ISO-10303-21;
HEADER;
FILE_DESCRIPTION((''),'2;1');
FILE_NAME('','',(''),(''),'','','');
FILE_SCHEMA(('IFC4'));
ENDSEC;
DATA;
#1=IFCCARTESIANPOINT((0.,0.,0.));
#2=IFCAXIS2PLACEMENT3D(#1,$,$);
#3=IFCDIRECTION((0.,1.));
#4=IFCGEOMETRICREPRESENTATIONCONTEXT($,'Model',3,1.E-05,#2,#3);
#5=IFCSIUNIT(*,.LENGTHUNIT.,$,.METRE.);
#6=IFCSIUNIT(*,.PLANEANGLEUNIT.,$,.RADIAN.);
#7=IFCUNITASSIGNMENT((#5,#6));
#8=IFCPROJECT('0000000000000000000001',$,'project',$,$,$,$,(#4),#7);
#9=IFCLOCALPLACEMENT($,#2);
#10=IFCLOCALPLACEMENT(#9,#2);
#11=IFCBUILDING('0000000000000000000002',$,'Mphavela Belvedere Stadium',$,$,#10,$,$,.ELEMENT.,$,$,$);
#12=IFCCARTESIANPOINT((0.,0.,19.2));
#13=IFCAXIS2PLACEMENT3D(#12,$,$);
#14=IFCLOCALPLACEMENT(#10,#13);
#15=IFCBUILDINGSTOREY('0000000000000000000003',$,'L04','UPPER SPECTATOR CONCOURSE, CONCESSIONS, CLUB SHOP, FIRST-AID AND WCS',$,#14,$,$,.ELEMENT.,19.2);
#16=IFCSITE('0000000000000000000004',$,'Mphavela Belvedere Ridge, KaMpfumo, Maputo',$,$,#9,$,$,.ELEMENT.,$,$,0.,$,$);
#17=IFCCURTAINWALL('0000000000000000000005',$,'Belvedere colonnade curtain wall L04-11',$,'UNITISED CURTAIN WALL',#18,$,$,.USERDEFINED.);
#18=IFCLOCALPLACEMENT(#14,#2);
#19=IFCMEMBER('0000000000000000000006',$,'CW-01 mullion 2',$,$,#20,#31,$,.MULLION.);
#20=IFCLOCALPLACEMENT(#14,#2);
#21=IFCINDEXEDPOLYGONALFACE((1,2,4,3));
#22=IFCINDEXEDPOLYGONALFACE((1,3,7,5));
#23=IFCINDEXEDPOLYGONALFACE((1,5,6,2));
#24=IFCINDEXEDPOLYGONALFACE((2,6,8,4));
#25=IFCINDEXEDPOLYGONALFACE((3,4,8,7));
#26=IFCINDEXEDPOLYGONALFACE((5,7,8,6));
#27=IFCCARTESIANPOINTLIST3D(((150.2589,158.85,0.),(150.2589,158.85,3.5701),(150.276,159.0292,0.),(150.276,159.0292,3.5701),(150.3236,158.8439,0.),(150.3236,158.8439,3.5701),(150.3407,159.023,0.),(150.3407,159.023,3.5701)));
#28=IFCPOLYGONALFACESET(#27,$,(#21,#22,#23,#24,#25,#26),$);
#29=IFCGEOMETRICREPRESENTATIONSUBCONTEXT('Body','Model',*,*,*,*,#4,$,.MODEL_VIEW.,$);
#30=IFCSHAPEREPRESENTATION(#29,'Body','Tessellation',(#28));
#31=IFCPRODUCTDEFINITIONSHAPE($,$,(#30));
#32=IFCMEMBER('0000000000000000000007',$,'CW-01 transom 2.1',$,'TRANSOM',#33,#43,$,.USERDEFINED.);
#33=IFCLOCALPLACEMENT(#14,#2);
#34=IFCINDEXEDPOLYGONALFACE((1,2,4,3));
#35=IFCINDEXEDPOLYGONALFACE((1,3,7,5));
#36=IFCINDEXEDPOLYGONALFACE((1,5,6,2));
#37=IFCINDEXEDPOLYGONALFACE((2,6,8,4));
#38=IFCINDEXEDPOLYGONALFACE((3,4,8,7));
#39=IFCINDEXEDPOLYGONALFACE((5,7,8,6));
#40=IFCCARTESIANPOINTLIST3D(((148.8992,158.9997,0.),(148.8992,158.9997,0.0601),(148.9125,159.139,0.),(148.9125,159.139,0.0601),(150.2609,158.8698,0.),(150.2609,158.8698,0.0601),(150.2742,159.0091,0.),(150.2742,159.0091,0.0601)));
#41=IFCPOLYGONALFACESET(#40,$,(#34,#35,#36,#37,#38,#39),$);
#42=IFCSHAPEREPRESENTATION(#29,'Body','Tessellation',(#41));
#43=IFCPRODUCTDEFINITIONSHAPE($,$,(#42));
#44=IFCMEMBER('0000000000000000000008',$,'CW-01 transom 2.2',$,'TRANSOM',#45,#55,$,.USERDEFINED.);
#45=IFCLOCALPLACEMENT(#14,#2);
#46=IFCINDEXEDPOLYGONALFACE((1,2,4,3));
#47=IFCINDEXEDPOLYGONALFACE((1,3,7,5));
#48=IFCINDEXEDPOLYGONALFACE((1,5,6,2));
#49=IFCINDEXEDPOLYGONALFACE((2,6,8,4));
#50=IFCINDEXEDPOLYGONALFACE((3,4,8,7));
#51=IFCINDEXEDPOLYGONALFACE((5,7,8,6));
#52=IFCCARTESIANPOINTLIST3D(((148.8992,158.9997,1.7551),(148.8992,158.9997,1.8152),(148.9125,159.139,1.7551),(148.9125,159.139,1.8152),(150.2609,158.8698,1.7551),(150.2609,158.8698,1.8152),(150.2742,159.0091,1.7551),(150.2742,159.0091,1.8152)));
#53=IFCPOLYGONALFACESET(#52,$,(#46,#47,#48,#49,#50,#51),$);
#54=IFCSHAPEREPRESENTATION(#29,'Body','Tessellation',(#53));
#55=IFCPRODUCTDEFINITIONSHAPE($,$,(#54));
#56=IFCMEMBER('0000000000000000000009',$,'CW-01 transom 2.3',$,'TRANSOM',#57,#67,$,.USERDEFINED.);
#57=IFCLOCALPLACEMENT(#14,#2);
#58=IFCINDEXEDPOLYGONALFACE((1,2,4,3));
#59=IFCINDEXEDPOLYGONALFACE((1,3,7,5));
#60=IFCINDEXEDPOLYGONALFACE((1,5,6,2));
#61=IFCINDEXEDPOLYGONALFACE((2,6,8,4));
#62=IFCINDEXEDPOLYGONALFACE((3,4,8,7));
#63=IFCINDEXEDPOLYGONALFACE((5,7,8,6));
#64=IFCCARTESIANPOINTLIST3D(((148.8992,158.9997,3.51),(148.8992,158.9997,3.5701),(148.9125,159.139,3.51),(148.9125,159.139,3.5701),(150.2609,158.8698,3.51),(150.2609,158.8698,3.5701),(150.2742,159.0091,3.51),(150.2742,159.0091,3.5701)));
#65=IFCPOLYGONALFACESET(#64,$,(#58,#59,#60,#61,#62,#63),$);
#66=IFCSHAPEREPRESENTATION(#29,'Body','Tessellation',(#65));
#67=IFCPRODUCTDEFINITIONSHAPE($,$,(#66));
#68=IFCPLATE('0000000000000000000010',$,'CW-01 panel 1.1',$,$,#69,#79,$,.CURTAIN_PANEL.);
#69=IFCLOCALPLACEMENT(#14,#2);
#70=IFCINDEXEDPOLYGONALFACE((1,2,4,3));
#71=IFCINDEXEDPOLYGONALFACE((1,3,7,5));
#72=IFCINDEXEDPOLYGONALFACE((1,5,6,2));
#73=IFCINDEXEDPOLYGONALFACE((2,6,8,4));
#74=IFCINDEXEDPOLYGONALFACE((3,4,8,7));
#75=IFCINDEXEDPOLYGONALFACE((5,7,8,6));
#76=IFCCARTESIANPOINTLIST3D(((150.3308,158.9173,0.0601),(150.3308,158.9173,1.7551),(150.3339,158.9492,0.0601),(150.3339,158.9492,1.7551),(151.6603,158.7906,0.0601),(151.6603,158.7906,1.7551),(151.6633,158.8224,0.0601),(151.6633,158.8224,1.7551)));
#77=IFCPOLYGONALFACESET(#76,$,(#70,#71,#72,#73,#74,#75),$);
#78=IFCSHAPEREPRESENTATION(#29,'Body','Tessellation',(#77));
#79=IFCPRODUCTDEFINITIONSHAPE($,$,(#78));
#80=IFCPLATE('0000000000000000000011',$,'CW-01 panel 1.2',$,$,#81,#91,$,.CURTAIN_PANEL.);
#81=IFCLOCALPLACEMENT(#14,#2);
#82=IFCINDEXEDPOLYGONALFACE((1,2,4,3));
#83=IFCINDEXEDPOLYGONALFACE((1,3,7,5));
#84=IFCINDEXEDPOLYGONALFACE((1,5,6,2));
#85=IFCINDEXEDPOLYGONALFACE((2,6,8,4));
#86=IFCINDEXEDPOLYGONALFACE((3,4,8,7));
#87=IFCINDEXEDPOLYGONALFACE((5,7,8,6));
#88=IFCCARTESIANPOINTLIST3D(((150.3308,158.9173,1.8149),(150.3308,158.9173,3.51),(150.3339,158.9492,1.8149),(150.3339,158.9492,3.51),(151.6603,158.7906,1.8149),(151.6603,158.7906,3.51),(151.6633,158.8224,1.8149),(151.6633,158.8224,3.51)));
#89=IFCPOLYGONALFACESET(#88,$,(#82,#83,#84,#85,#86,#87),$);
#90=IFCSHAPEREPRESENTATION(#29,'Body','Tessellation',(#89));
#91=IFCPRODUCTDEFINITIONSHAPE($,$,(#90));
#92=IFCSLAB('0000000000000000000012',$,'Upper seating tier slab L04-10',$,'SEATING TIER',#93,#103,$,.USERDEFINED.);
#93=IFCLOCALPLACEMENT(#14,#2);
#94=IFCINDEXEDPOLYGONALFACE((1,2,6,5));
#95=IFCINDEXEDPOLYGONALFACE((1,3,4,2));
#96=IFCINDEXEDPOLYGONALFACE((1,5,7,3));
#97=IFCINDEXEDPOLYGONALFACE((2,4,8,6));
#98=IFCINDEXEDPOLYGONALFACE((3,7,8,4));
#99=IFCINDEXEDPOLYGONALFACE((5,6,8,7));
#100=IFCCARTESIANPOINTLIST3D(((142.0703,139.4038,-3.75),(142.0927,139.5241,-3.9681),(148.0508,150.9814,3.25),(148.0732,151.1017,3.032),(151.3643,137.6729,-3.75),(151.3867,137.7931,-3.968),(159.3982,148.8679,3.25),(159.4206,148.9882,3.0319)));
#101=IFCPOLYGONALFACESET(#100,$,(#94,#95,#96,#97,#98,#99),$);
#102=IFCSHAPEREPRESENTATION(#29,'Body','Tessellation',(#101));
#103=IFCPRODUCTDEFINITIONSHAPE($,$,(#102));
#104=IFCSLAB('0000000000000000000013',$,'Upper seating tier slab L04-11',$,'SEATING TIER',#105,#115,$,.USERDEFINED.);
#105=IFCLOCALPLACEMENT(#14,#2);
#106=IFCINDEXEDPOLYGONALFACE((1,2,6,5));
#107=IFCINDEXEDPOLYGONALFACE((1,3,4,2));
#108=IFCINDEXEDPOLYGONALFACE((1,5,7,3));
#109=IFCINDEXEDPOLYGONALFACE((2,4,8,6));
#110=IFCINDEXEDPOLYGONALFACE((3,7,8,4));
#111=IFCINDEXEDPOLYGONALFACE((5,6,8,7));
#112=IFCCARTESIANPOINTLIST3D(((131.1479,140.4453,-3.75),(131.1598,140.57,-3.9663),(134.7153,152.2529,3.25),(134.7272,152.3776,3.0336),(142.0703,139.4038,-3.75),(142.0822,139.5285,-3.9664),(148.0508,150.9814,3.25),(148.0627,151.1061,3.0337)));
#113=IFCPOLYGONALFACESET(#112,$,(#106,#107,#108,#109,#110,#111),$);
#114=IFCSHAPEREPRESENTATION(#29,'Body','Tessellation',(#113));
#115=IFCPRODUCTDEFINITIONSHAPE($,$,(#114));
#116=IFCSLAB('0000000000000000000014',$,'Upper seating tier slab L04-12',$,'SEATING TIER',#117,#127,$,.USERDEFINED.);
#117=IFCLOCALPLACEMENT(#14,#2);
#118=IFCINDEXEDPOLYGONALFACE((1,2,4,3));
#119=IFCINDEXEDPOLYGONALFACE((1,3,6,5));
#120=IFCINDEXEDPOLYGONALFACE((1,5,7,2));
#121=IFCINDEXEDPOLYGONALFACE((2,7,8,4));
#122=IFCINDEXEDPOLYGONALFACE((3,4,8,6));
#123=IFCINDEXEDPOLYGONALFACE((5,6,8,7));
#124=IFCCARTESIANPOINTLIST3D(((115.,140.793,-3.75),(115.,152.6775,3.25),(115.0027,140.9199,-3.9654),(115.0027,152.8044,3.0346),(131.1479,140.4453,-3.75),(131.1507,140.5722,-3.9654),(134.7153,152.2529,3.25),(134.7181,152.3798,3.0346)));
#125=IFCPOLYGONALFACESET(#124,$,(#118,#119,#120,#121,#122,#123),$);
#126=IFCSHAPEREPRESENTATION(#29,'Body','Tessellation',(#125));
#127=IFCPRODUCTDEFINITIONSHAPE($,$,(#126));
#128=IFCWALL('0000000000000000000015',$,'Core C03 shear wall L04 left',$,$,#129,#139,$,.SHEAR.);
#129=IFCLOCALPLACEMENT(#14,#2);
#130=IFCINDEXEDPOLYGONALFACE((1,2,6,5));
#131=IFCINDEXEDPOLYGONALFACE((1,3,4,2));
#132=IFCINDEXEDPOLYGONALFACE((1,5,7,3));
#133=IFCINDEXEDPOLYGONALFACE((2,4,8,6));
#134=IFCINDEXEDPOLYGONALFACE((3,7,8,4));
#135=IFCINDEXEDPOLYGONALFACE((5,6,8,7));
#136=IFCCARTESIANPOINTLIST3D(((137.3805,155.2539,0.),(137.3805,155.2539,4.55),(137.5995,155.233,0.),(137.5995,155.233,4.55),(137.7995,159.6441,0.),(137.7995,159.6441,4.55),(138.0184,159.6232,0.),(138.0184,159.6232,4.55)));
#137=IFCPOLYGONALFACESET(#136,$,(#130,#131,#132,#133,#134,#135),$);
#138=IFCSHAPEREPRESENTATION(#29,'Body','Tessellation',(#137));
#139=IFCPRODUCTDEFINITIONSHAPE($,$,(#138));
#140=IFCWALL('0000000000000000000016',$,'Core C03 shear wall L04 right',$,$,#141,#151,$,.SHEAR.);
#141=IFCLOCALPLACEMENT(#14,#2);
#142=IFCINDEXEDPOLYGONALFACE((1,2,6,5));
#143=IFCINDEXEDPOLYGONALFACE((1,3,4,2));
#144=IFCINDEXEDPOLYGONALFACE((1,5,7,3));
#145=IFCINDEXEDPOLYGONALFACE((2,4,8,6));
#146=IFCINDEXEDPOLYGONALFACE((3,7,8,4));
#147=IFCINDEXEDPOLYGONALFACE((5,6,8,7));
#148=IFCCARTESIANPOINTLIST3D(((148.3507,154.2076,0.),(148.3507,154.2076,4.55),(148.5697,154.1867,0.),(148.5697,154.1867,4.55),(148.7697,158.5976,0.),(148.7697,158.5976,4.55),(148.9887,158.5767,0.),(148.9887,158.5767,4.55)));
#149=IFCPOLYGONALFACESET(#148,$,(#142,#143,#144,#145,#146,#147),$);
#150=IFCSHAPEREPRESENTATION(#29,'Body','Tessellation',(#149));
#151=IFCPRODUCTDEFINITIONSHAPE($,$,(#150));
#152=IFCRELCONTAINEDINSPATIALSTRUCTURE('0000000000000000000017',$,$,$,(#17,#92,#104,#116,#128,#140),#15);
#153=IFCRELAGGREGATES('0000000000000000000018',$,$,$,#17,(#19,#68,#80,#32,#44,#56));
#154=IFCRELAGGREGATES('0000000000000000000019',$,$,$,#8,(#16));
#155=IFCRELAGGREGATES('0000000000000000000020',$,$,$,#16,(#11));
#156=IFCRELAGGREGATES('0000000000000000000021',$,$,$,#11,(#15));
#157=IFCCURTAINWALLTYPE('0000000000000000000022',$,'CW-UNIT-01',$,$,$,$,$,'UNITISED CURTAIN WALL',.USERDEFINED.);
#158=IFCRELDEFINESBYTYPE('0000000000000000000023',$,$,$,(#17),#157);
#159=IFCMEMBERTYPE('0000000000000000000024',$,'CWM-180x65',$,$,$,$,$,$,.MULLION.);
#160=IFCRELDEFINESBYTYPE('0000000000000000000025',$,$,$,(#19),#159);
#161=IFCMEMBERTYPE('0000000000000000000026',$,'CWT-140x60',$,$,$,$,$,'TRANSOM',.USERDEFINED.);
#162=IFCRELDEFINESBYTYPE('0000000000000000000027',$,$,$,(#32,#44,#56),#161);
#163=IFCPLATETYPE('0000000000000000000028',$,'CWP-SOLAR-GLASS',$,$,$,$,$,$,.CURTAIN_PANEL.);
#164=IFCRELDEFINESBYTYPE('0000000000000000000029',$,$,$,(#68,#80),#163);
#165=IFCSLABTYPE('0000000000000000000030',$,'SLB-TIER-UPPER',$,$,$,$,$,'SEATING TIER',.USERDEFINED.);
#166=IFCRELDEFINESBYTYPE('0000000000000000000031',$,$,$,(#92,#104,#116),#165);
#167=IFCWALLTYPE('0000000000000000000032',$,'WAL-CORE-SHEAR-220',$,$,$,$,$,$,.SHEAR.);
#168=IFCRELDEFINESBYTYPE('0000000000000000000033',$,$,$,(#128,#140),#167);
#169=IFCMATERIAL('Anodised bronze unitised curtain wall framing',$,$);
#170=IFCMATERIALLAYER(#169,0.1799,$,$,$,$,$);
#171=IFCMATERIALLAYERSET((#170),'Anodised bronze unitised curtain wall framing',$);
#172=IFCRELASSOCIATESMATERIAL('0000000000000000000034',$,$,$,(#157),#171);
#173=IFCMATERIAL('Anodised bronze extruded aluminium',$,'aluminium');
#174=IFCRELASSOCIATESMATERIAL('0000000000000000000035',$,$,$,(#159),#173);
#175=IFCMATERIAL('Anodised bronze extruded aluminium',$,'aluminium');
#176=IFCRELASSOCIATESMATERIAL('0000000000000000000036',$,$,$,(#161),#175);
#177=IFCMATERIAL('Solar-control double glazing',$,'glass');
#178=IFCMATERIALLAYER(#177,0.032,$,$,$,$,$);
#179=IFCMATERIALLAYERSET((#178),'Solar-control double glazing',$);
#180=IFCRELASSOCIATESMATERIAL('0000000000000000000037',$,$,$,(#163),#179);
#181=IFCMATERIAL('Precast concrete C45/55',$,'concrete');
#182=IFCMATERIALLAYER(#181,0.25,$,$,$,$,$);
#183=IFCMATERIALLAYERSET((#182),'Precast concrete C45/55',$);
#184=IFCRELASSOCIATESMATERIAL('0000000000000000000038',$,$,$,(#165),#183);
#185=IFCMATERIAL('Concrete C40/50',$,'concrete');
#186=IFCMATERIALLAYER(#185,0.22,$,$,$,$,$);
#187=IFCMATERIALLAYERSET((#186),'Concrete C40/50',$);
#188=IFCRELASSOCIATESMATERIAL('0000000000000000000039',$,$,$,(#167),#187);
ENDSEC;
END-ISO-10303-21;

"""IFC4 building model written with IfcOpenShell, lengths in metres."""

from ifc_helpers import new_model, si_unit, direction, frame, frame_2d, origin, origin_2d, place, context, subcontext, project, spatial, polyline, rectangle, outline, extrude, material, layer, layer_set, material_profile, profile_set, type_object, element, aggregate, save


model = new_model("IFC4")

# Units and contexts
model_context = context("Model", 3, precision=1e-05, world=origin(), true_north=direction((0.0, 1.0)))
body_context = subcontext(model_context, "Body", "Model", "MODEL_VIEW")
ifc_project = project(units=[si_unit("LENGTHUNIT", "METRE"), si_unit("PLANEANGLEUNIT", "RADIAN")], contexts=[model_context])

# Site, building, storey
site_placement = place(None, origin())
site = spatial("IfcSite", under=ifc_project, at=site_placement, Name="Mphavela Belvedere Ridge, KaMpfumo, Maputo", CompositionType="ELEMENT", RefElevation=0.0)
building_placement = place(site_placement, origin())
building = spatial("IfcBuilding", under=site, at=building_placement, Name="Mphavela Belvedere Stadium", CompositionType="ELEMENT")
storey_placement = place(building_placement, frame((0.0, 0.0, 19.2)))
storey = spatial("IfcBuildingStorey", under=building, at=storey_placement, Name="L04", Description="UPPER SPECTATOR CONCOURSE, CONCESSIONS, CLUB SHOP, FIRST-AID AND WCS", CompositionType="ELEMENT", Elevation=19.2)

# Curtain wall, members, plates
ifc_material_1 = material(Name="Anodised bronze unitised curtain wall framing")
ifc_layer_1 = layer(ifc_material_1, 0.1799)
ifc_layer_set_1 = layer_set([ifc_layer_1], Name="Anodised bronze unitised curtain wall framing")
curtain_wall_type = type_object("IfcCurtainWallType", Name="CW-UNIT-01", ElementType="UNITISED CURTAIN WALL", PredefinedType="USERDEFINED", material=ifc_layer_set_1)
curtain_wall_placement = place(storey_placement, origin())
curtain_wall = element("IfcCurtainWall", 1, at=curtain_wall_placement, inside=storey, type_object=curtain_wall_type, Name="Belvedere colonnade curtain wall L04-11", ObjectType="UNITISED CURTAIN WALL", PredefinedType="USERDEFINED")
ifc_material_2 = material(Name="Anodised bronze extruded aluminium", Category="aluminium")
ifc_material_profile_1 = material_profile(ifc_material_2, rectangle(XDim=0.1799, YDim=0.0649, at=origin_2d()), Name="CW-MUL 180x65")
ifc_profile_set_1 = profile_set([ifc_material_profile_1], Name="Anodised bronze extruded aluminium")
member_type_1 = type_object("IfcMemberType", Name="CWM-180x65", PredefinedType="MULLION", material=ifc_profile_set_1)
member_1_placement = place(storey_placement, frame((150.2998, 158.9365, 0.0), z_axis=(0.0, 0.0, 1.0), x_axis=(-0.094933, -0.995484, 0.0)))
member_1 = element("IfcMember", 2, at=member_1_placement, type_object=member_type_1, Name="CW-01 mullion 2", PredefinedType="MULLION", context=body_context, shape_type="SweptSolid", body=[
    extrude(rectangle(XDim=0.1799, YDim=0.0649, at=origin_2d()), origin(), (0.0, 0.0, 1.0), 3.5701),
])
ifc_material_3 = material(Name="Anodised bronze extruded aluminium", Category="aluminium")
ifc_material_profile_2 = material_profile(ifc_material_3, rectangle(XDim=0.1399, YDim=0.0601, at=origin_2d()), Name="CW-TRN 140x60")
ifc_profile_set_2 = profile_set([ifc_material_profile_2], Name="Anodised bronze extruded aluminium")
member_type_2 = type_object("IfcMemberType", Name="CWT-140x60", ElementType="TRANSOM", PredefinedType="USERDEFINED", material=ifc_profile_set_2)
member_2_placement = place(storey_placement, frame((150.2676, 158.9395, 0.03), z_axis=(-0.995483, 0.094944, 0.0), x_axis=(-0.094944, -0.995483, 0.0)))
member_2 = element("IfcMember", 3, at=member_2_placement, type_object=member_type_2, Name="CW-01 transom 2.1", ObjectType="TRANSOM", PredefinedType="USERDEFINED", context=body_context, shape_type="SweptSolid", body=[
    extrude(rectangle(XDim=0.1399, YDim=0.0601, at=origin_2d()), origin(), (0.0, 0.0, 1.0), 1.3679),
])
member_3_placement = place(storey_placement, frame((150.2676, 158.9395, 1.7852), z_axis=(-0.995483, 0.094944, 0.0), x_axis=(-0.094944, -0.995483, 0.0)))
member_3 = element("IfcMember", 4, at=member_3_placement, type_object=member_type_2, Name="CW-01 transom 2.2", ObjectType="TRANSOM", PredefinedType="USERDEFINED", context=body_context, shape_type="SweptSolid", body=[
    extrude(rectangle(XDim=0.1399, YDim=0.0601, at=origin_2d()), origin(), (0.0, 0.0, 1.0), 1.3679),
])
member_4_placement = place(storey_placement, frame((150.2676, 158.9395, 3.54), z_axis=(-0.995483, 0.094944, 0.0), x_axis=(-0.094944, -0.995483, 0.0)))
member_4 = element("IfcMember", 5, at=member_4_placement, type_object=member_type_2, Name="CW-01 transom 2.3", ObjectType="TRANSOM", PredefinedType="USERDEFINED", context=body_context, shape_type="SweptSolid", body=[
    extrude(rectangle(XDim=0.1399, YDim=0.0601, at=origin_2d()), origin(), (0.0, 0.0, 1.0), 1.3679),
])
ifc_material_4 = material(Name="Solar-control double glazing", Category="glass")
ifc_layer_2 = layer(ifc_material_4, 0.032)
ifc_layer_set_2 = layer_set([ifc_layer_2], Name="Solar-control double glazing")
plate_type = type_object("IfcPlateType", Name="CWP-SOLAR-GLASS", PredefinedType="CURTAIN_PANEL", material=ifc_layer_set_2)
plate_1_placement = place(storey_placement, frame((150.9971, 158.8699, 0.0601), z_axis=(0.0, 0.0, 1.0), x_axis=(-0.995484, 0.094933, 0.0)))
plate_1 = element("IfcPlate", 6, at=plate_1_placement, type_object=plate_type, Name="CW-01 panel 1.1", PredefinedType="CURTAIN_PANEL", context=body_context, shape_type="SweptSolid", body=[
    extrude(rectangle(XDim=1.3354, YDim=0.032, at=origin_2d()), origin(), (0.0, 0.0, 1.0), 1.6951),
])
plate_2_placement = place(storey_placement, frame((150.9971, 158.8699, 1.8149), z_axis=(0.0, 0.0, 1.0), x_axis=(-0.995484, 0.094933, 0.0)))
plate_2 = element("IfcPlate", 7, at=plate_2_placement, type_object=plate_type, Name="CW-01 panel 1.2", PredefinedType="CURTAIN_PANEL", context=body_context, shape_type="SweptSolid", body=[
    extrude(rectangle(XDim=1.3354, YDim=0.032, at=origin_2d()), origin(), (0.0, 0.0, 1.0), 1.6951),
])
aggregate(curtain_wall, [member_1, plate_1, plate_2, member_2, member_3, member_4])

# Slabs
ifc_material_5 = material(Name="Precast concrete C45/55", Category="concrete")
ifc_layer_3 = layer(ifc_material_5, 0.25)
ifc_layer_set_3 = layer_set([ifc_layer_3], Name="Precast concrete C45/55")
slab_type = type_object("IfcSlabType", Name="SLB-TIER-UPPER", ElementType="SEATING TIER", PredefinedType="USERDEFINED", material=ifc_layer_set_3)
slab_1_placement = place(storey_placement, frame((151.3643, 137.6729, -3.75), z_axis=(-0.089591, -0.48102, 0.87212), x_axis=(-0.983095, 0.183098, -0.000002)))
element("IfcSlab", 8, at=slab_1_placement, inside=storey, type_object=slab_type, Name="Upper seating tier slab L04-10", ObjectType="SEATING TIER", PredefinedType="USERDEFINED", context=body_context, shape_type="SweptSolid", body=[
    extrude(outline(polyline([(0.0, 0.0), (9.4538, 0.0), (5.6942, -14.3064), (-5.8483, -14.3063), (0.0, 0.0)])), origin(), (0.0, 0.0, -1.0), 0.25),
])
slab_2_placement = place(storey_placement, frame((142.0703, 139.4038, -3.75), z_axis=(-0.047552, -0.49871, 0.865463), x_axis=(-0.995485, 0.094923, 0.000002)))
element("IfcSlab", 9, at=slab_2_placement, inside=storey, type_object=slab_type, Name="Upper seating tier slab L04-11", ObjectType="SEATING TIER", PredefinedType="USERDEFINED", context=body_context, shape_type="SweptSolid", body=[
    extrude(outline(polyline([(0.0, 0.0), (10.9719, 0.0), (8.5415, -13.9728), (-4.8545, -13.9729), (0.0, 0.0)])), origin(), (0.0, 0.0, -1.0), 0.25),
])
slab_3_placement = place(storey_placement, frame((131.1479, 140.4453, -3.75), z_axis=(-0.010927, -0.507482, 0.861593), x_axis=(-0.999768, 0.021525, -0.000001)))
element("IfcSlab", 10, at=slab_3_placement, inside=storey, type_object=slab_type, Name="Upper seating tier slab L04-12", ObjectType="SEATING TIER", PredefinedType="USERDEFINED", context=body_context, shape_type="SweptSolid", body=[
    extrude(outline(polyline([(0.0, 0.0), (16.1517, 0.0), (16.4075, -13.7904), (-3.3124, -13.7904), (0.0, 0.0)])), origin(), (0.0, 0.0, -1.0), 0.25),
])

# Walls
ifc_material_6 = material(Name="Concrete C40/50", Category="concrete")
ifc_layer_4 = layer(ifc_material_6, 0.22)
ifc_layer_set_4 = layer_set([ifc_layer_4], Name="Concrete C40/50")
wall_type_1 = type_object("IfcWallType", Name="WAL-CORE-SHEAR-220", PredefinedType="SHEAR", material=ifc_layer_set_4)
wall_1_placement = place(storey_placement, frame((137.49, 155.2434, 0.0), z_axis=(0.0, 0.0, 1.0), x_axis=(0.094997, 0.995478, 0.0)))
element("IfcWall", 11, at=wall_1_placement, inside=storey, type_object=wall_type_1, Name="Core C03 shear wall L04 left", PredefinedType="SHEAR", context=body_context, shape_type="SweptSolid", body=[
    extrude(rectangle(XDim=4.4102, YDim=0.22, at=frame_2d((2.2051, 0.0))), origin(), (0.0, 0.0, 1.0), 4.55),
])
wall_2_placement = place(storey_placement, frame((148.4602, 154.197, 0.0), z_axis=(0.0, 0.0, 1.0), x_axis=(0.095002, 0.995477, 0.0)))
element("IfcWall", 12, at=wall_2_placement, inside=storey, type_object=wall_type_1, Name="Core C03 shear wall L04 right", PredefinedType="SHEAR", context=body_context, shape_type="SweptSolid", body=[
    extrude(rectangle(XDim=4.4099, YDim=0.22, at=frame_2d((2.2051, 0.0))), origin(), (0.0, 0.0, 1.0), 4.55),
])

save(model, "model.ifc")
